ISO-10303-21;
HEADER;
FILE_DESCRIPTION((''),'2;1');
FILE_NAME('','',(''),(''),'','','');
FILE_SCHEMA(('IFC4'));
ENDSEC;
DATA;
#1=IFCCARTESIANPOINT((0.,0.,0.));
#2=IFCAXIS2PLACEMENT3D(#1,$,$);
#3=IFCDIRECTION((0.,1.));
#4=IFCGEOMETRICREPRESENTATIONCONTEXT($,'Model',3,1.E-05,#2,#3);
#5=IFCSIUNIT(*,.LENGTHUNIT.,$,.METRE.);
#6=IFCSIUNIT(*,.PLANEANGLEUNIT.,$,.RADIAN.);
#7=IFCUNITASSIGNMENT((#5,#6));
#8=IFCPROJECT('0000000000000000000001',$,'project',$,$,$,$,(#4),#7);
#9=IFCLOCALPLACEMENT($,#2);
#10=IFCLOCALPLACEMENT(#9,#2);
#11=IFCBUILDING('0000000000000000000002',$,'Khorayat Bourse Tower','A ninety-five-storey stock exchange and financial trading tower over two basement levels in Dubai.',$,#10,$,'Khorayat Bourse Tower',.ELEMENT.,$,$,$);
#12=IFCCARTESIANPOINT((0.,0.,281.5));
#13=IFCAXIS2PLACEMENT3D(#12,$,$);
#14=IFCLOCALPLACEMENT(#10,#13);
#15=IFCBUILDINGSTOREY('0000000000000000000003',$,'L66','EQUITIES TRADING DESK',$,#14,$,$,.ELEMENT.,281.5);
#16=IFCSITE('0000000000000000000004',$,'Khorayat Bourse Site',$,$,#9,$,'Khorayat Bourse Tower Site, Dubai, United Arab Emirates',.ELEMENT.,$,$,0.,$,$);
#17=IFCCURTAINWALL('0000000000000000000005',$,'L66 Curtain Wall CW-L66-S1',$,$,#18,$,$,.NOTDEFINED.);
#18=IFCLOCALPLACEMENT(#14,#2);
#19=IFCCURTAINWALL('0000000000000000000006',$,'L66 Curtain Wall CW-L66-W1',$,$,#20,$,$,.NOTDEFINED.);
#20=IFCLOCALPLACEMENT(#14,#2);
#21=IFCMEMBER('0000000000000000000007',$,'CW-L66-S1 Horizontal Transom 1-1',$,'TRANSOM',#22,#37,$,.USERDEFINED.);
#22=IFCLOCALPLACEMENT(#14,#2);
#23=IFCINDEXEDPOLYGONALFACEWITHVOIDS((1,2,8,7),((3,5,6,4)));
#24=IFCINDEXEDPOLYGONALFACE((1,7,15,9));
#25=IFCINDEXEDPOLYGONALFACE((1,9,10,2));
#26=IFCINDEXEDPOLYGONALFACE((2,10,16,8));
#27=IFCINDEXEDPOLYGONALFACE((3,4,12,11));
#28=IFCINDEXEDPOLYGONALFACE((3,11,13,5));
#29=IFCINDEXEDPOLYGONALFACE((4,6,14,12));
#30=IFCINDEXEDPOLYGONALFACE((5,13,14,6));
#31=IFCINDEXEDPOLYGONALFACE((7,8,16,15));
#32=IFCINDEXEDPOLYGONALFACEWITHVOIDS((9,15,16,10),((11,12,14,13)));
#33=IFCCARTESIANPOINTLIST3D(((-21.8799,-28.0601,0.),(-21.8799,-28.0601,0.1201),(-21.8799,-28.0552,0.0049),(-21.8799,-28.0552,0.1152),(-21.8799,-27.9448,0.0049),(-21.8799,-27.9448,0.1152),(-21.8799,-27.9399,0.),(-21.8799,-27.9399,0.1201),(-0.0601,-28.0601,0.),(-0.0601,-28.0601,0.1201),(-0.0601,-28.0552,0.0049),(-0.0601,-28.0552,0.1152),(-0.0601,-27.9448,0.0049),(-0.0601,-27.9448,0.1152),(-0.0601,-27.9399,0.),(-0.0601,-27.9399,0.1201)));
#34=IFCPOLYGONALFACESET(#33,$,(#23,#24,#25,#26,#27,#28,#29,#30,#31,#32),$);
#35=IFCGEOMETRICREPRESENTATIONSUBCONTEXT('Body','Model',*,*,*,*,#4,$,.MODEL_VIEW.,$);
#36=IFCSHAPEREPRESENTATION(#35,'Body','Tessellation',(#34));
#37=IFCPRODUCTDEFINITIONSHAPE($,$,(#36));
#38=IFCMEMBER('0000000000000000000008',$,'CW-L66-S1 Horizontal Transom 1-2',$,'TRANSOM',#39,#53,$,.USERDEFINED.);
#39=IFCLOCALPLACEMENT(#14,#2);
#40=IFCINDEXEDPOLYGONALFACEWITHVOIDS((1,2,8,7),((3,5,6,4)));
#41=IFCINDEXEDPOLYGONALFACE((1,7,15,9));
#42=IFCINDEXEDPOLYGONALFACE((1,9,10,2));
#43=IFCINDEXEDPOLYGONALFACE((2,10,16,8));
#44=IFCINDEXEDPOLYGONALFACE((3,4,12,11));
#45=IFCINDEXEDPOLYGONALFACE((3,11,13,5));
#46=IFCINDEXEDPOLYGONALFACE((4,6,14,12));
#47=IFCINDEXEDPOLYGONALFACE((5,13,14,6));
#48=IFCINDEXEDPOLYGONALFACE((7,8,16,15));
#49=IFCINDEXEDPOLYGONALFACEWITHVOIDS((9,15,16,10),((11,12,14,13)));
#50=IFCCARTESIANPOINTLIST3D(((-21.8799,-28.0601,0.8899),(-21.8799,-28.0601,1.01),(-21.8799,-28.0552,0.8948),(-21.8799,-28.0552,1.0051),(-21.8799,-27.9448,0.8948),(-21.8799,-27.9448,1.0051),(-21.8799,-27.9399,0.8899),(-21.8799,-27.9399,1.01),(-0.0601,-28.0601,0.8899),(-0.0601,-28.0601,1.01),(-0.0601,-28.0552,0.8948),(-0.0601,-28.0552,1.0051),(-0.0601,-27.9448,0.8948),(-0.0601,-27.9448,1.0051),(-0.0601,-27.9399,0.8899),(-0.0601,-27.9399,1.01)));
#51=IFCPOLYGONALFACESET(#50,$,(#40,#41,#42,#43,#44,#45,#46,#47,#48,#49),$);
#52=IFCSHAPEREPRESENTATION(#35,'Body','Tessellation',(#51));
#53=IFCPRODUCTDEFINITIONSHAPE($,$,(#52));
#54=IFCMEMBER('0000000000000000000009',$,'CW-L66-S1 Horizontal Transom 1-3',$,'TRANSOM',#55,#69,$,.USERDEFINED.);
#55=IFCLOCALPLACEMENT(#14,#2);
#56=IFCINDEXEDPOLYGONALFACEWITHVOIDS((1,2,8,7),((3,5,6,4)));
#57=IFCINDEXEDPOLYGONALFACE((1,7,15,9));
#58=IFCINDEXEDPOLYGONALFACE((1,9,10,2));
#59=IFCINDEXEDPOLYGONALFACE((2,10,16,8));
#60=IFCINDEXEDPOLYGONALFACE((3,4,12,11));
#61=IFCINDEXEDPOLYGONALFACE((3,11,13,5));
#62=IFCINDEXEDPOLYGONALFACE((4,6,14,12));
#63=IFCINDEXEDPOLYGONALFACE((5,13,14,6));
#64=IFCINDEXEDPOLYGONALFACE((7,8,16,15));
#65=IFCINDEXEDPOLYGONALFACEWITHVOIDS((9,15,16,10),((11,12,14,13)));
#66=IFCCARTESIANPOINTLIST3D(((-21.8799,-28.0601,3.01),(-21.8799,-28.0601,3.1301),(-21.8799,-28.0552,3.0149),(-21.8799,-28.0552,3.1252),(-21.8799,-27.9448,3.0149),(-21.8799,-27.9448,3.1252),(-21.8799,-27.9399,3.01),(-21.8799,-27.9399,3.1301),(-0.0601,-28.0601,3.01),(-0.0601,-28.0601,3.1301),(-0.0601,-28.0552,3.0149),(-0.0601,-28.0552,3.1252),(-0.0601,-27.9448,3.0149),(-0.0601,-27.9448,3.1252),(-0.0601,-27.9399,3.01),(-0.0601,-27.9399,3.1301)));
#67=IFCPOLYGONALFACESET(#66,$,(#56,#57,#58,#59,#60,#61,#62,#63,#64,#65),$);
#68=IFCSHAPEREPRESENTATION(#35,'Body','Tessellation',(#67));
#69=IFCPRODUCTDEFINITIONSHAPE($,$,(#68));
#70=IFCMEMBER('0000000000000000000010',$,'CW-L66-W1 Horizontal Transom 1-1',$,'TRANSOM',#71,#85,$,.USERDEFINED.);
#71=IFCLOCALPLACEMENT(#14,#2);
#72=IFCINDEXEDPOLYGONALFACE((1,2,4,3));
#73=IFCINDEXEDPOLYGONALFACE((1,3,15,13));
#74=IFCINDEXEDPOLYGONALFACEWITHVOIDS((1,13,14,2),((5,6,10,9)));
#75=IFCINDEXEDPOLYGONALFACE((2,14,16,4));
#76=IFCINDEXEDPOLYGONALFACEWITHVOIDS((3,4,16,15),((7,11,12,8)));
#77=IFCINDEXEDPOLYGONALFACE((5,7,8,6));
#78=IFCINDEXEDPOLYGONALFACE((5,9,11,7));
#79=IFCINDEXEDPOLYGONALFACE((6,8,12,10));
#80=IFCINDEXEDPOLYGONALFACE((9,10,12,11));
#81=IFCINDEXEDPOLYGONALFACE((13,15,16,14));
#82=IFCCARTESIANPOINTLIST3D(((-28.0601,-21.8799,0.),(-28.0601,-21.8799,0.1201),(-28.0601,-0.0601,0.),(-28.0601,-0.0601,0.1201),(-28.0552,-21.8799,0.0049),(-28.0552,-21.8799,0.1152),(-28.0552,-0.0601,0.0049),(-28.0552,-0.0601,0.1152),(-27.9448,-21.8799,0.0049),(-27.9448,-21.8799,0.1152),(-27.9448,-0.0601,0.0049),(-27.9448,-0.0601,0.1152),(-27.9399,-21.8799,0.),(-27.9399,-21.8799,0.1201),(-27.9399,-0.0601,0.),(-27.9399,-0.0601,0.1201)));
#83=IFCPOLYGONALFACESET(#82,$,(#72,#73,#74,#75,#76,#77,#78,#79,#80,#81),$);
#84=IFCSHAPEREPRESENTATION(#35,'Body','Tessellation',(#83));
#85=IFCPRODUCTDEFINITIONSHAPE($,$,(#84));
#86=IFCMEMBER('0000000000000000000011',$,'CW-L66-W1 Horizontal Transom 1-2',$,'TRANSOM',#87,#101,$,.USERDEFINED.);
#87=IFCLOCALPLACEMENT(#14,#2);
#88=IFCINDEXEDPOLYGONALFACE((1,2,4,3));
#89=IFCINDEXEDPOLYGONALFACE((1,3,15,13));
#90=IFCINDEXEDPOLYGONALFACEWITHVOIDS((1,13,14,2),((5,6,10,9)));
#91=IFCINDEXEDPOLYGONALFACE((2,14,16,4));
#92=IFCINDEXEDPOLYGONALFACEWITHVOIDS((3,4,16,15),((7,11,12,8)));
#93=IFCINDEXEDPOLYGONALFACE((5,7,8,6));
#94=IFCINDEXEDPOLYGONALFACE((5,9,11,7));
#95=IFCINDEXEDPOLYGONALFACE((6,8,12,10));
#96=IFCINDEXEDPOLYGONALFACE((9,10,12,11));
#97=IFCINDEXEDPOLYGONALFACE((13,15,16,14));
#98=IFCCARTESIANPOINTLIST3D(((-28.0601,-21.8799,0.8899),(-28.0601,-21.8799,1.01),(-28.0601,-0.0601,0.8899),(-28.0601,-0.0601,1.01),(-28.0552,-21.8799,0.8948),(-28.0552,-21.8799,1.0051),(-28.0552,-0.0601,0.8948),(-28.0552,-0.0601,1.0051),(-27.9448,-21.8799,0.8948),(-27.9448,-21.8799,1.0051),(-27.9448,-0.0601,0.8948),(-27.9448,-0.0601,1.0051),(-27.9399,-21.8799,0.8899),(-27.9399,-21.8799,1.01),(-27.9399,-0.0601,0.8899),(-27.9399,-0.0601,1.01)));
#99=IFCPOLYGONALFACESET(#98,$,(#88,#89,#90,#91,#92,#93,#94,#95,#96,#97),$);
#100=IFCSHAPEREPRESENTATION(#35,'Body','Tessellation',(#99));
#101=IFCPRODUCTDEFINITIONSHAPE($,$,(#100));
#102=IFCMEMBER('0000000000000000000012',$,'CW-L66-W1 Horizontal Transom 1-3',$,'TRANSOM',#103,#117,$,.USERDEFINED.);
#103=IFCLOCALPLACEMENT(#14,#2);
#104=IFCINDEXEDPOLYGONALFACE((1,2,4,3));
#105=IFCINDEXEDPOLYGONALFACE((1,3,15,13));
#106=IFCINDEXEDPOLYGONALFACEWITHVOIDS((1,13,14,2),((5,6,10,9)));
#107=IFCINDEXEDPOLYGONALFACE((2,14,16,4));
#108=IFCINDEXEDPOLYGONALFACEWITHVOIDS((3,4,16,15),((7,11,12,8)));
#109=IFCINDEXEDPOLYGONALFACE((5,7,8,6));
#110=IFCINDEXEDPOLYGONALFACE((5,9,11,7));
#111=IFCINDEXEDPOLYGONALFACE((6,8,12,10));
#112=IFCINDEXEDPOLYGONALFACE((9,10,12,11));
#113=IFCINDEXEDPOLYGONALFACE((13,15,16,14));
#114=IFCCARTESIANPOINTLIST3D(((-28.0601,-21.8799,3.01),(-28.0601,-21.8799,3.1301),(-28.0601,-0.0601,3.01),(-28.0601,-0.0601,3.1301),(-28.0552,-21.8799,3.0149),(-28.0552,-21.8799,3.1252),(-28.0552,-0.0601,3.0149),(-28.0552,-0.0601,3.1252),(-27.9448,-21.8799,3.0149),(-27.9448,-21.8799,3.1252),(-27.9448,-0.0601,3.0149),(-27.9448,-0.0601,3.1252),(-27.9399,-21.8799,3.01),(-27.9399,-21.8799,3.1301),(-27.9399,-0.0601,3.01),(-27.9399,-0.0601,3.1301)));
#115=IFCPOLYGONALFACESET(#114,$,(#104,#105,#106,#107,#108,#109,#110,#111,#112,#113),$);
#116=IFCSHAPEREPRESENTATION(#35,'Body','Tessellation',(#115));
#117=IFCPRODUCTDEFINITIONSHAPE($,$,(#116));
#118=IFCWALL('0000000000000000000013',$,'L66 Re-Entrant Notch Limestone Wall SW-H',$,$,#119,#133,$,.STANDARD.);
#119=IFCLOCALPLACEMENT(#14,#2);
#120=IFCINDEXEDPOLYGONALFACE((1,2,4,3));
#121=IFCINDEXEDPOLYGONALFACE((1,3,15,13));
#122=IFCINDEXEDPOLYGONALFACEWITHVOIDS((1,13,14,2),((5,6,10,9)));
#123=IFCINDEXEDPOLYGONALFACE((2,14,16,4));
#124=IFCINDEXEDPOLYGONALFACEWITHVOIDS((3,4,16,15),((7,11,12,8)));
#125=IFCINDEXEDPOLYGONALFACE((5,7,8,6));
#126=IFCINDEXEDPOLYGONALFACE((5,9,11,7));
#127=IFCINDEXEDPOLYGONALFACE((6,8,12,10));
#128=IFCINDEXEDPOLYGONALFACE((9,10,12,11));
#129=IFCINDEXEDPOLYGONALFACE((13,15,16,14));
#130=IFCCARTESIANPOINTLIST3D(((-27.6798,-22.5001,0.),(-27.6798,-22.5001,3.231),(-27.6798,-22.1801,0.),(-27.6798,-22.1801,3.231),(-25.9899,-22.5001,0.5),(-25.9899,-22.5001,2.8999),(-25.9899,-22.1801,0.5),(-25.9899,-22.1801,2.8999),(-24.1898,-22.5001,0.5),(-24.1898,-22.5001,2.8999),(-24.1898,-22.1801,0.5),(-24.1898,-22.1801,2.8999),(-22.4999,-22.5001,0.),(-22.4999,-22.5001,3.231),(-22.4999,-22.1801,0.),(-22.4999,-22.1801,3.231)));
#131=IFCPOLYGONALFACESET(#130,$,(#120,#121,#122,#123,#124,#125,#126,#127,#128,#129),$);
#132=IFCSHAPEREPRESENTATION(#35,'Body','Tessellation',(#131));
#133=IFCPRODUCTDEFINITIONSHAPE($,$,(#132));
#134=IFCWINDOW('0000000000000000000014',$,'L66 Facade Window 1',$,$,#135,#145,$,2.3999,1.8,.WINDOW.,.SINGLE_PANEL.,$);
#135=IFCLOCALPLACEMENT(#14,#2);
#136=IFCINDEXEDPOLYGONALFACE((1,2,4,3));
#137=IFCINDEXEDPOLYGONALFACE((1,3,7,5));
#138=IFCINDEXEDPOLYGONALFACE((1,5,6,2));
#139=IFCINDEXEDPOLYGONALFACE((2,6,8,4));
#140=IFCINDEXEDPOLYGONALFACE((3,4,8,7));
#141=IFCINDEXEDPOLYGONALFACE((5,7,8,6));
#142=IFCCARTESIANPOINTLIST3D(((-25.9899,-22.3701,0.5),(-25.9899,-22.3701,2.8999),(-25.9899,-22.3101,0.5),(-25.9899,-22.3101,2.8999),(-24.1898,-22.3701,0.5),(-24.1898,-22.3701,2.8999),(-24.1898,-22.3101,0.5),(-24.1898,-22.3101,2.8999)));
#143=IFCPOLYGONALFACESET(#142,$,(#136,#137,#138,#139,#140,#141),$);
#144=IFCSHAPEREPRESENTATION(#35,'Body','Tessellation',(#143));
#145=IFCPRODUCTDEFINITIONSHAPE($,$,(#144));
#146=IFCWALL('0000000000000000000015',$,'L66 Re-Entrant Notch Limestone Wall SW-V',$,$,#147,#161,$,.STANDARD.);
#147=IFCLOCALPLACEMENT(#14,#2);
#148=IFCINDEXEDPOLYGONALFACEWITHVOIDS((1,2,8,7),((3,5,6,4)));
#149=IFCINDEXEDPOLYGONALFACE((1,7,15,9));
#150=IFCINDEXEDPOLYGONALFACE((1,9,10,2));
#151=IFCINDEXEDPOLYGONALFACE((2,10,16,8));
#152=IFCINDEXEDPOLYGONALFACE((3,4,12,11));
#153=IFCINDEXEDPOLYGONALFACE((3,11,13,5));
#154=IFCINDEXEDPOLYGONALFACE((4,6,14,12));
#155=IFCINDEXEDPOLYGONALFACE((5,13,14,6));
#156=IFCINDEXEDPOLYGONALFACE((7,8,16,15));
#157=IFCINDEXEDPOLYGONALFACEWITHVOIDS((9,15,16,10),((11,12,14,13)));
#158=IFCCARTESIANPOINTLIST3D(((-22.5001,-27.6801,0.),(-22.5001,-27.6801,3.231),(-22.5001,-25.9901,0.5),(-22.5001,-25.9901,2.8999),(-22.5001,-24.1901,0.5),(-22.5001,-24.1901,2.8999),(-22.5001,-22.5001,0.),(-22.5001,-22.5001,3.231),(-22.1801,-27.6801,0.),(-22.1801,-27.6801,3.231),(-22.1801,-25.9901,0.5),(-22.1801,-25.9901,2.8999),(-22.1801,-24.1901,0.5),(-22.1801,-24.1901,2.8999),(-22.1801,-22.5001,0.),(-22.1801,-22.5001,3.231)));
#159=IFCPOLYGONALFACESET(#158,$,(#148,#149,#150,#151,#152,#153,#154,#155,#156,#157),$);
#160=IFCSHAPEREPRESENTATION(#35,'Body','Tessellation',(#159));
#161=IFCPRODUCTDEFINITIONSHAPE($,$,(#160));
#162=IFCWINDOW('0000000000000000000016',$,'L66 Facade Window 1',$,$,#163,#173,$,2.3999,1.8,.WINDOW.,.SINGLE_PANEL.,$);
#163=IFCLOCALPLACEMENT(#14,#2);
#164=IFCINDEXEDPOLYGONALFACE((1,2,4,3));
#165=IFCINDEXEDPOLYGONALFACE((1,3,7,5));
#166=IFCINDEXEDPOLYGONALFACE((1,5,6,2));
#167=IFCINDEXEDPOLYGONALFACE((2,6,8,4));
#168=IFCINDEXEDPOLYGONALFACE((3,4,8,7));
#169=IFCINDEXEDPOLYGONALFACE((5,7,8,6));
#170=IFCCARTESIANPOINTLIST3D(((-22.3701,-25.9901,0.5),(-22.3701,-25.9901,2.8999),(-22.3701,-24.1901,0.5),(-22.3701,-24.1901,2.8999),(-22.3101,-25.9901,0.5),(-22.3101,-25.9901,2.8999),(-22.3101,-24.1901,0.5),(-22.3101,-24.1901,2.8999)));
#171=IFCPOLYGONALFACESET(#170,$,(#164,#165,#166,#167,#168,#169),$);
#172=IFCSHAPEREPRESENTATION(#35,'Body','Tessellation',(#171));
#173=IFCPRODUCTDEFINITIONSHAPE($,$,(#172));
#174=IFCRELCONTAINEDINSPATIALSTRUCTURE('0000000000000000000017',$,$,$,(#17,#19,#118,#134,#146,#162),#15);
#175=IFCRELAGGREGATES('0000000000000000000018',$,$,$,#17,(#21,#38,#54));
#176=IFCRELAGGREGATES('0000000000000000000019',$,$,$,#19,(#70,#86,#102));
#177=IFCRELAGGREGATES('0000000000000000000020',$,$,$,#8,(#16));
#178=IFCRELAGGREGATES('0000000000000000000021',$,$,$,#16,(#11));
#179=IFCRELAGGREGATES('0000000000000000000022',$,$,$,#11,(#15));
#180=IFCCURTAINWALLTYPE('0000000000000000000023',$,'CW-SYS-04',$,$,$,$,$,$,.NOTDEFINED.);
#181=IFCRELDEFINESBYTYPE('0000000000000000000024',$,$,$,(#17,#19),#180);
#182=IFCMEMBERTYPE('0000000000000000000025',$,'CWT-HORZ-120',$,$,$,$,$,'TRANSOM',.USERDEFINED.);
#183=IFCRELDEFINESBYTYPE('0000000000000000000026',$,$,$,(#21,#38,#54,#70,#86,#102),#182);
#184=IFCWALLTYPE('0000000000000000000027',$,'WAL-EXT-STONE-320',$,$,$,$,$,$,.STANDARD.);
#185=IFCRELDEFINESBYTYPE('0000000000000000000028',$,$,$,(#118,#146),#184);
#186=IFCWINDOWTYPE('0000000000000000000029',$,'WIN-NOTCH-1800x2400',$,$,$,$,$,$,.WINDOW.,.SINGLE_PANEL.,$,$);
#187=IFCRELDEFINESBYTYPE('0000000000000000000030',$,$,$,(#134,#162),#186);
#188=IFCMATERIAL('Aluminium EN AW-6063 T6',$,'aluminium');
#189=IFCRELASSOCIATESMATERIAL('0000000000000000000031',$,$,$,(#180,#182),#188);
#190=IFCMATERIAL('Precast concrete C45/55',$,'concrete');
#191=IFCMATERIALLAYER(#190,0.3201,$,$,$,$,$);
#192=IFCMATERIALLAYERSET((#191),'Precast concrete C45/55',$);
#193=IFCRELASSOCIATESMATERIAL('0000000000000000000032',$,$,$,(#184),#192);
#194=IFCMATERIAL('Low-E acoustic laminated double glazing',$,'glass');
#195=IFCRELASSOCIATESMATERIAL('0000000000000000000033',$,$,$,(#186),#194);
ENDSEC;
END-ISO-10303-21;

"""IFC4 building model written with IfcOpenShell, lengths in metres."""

from ifc_helpers import new_model, si_unit, direction, frame, frame_2d, origin, origin_2d, place, context, subcontext, project, spatial, rectangle, hollow_rectangle, extrude, source, transform, mapped, material, layer, layer_set, material_profile, profile_set, type_object, element, fill, aggregate, save


model = new_model("IFC4")

# Units and contexts
model_context = context("Model", 3, precision=1e-05, world=origin(), true_north=direction((0.0, 1.0)))
body_context = subcontext(model_context, "Body", "Model", "MODEL_VIEW")
ifc_project = project(units=[si_unit("LENGTHUNIT", "METRE"), si_unit("PLANEANGLEUNIT", "RADIAN")], contexts=[model_context])

# Site, building, storey
site_placement = place(None, origin())
site = spatial("IfcSite", under=ifc_project, at=site_placement, Name="Khorayat Bourse Site", LongName="Khorayat Bourse Tower Site, Dubai, United Arab Emirates", CompositionType="ELEMENT", RefElevation=0.0)
building_placement = place(site_placement, origin())
building = spatial("IfcBuilding", under=site, at=building_placement, Name="Khorayat Bourse Tower", Description="A ninety-five-storey stock exchange and financial trading tower over two basement levels in Dubai.", LongName="Khorayat Bourse Tower", CompositionType="ELEMENT")
storey_placement = place(building_placement, frame((0.0, 0.0, 281.5)))
storey = spatial("IfcBuildingStorey", under=building, at=storey_placement, Name="L66", Description="EQUITIES TRADING DESK", CompositionType="ELEMENT", Elevation=281.5)

# Curtain walls
ifc_material_1 = material(Name="Aluminium EN AW-6063 T6", Category="aluminium")
curtain_wall_type = type_object("IfcCurtainWallType", Name="CW-SYS-04", PredefinedType="NOTDEFINED", material=ifc_material_1)
curtain_wall_1_placement = place(storey_placement, origin())
curtain_wall_1 = element("IfcCurtainWall", 1, at=curtain_wall_1_placement, inside=storey, type_object=curtain_wall_type, Name="L66 Curtain Wall CW-L66-S1", PredefinedType="NOTDEFINED")
curtain_wall_2_placement = place(storey_placement, origin())
curtain_wall_2 = element("IfcCurtainWall", 2, at=curtain_wall_2_placement, inside=storey, type_object=curtain_wall_type, Name="L66 Curtain Wall CW-L66-W1", PredefinedType="NOTDEFINED")

# Members
ifc_material_profile_1 = material_profile(ifc_material_1, hollow_rectangle(XDim=0.1201, YDim=0.1201, WallThickness=0.0049, at=origin_2d()), Name="ALU 120x120x5")
ifc_profile_set_1 = profile_set([ifc_material_profile_1], Name="Aluminium EN AW-6063 T6")
member_type_1 = type_object("IfcMemberType", Name="CWT-HORZ-120", ElementType="TRANSOM", PredefinedType="USERDEFINED", material=ifc_profile_set_1)
shared_shape_1 = source(origin(), body_context, "Body", "SweptSolid", [
    extrude(hollow_rectangle(XDim=0.1201, YDim=0.1201, WallThickness=0.0049, at=origin_2d()), origin(), (0.0, 0.0, 1.0), 21.8198),
])
member_1_placement = place(storey_placement, frame((-21.8799, -28.0, 0.0601), z_axis=(1.0, 0.0, 0.0), x_axis=(0.0, 1.0, 0.0)))
member_1 = element("IfcMember", 3, at=member_1_placement, type_object=member_type_1, Name="CW-L66-S1 Horizontal Transom 1-1", ObjectType="TRANSOM", PredefinedType="USERDEFINED", context=body_context, shape_type="MappedRepresentation", body=[
    mapped(shared_shape_1, transform((0.0, 0.0, 0.0), scale=1.0)),
])
member_2_placement = place(storey_placement, frame((-21.8799, -28.0, 0.95), z_axis=(1.0, 0.0, 0.0), x_axis=(0.0, 1.0, 0.0)))
member_2 = element("IfcMember", 4, at=member_2_placement, type_object=member_type_1, Name="CW-L66-S1 Horizontal Transom 1-2", ObjectType="TRANSOM", PredefinedType="USERDEFINED", context=body_context, shape_type="MappedRepresentation", body=[
    mapped(shared_shape_1, transform((0.0, 0.0, 0.0), scale=1.0)),
])
member_3_placement = place(storey_placement, frame((-21.8799, -28.0, 3.0701), z_axis=(1.0, 0.0, 0.0), x_axis=(0.0, 1.0, 0.0)))
member_3 = element("IfcMember", 5, at=member_3_placement, type_object=member_type_1, Name="CW-L66-S1 Horizontal Transom 1-3", ObjectType="TRANSOM", PredefinedType="USERDEFINED", context=body_context, shape_type="MappedRepresentation", body=[
    mapped(shared_shape_1, transform((0.0, 0.0, 0.0), scale=1.0)),
])
aggregate(curtain_wall_1, [member_1, member_2, member_3])
member_4_placement = place(storey_placement, frame((-28.0, -21.8799, 0.0601), z_axis=(0.0, 1.0, 0.0), x_axis=(-1.0, 0.0, 0.0)))
member_4 = element("IfcMember", 6, at=member_4_placement, type_object=member_type_1, Name="CW-L66-W1 Horizontal Transom 1-1", ObjectType="TRANSOM", PredefinedType="USERDEFINED", context=body_context, shape_type="MappedRepresentation", body=[
    mapped(shared_shape_1, transform((0.0, 0.0, 0.0), scale=1.0)),
])
member_5_placement = place(storey_placement, frame((-28.0, -21.8799, 0.95), z_axis=(0.0, 1.0, 0.0), x_axis=(-1.0, 0.0, 0.0)))
member_5 = element("IfcMember", 7, at=member_5_placement, type_object=member_type_1, Name="CW-L66-W1 Horizontal Transom 1-2", ObjectType="TRANSOM", PredefinedType="USERDEFINED", context=body_context, shape_type="MappedRepresentation", body=[
    mapped(shared_shape_1, transform((0.0, 0.0, 0.0), scale=1.0)),
])
member_6_placement = place(storey_placement, frame((-28.0, -21.8799, 3.0701), z_axis=(0.0, 1.0, 0.0), x_axis=(-1.0, 0.0, 0.0)))
member_6 = element("IfcMember", 8, at=member_6_placement, type_object=member_type_1, Name="CW-L66-W1 Horizontal Transom 1-3", ObjectType="TRANSOM", PredefinedType="USERDEFINED", context=body_context, shape_type="MappedRepresentation", body=[
    mapped(shared_shape_1, transform((0.0, 0.0, 0.0), scale=1.0)),
])
aggregate(curtain_wall_2, [member_4, member_5, member_6])

# Walls, openings, windows
ifc_material_2 = material(Name="Precast concrete C45/55", Category="concrete")
ifc_layer_1 = layer(ifc_material_2, 0.3201)
ifc_layer_set_1 = layer_set([ifc_layer_1], Name="Precast concrete C45/55")
wall_type_1 = type_object("IfcWallType", Name="WAL-EXT-STONE-320", PredefinedType="STANDARD", material=ifc_layer_set_1)
shared_shape_2 = source(origin(), body_context, "Body", "SweptSolid", [
    extrude(rectangle(XDim=5.1799, YDim=0.3201, at=frame_2d((2.5898, 0.0))), origin(), (0.0, 0.0, 1.0), 3.231),
])
wall_1_placement = place(storey_placement, frame((-22.5, -22.3401, 0.0), z_axis=(0.0, 0.0, 1.0), x_axis=(-1.0, 0.0, 0.0)))
wall_1 = element("IfcWall", 9, at=wall_1_placement, inside=storey, type_object=wall_type_1, Name="L66 Re-Entrant Notch Limestone Wall SW-H", PredefinedType="STANDARD", context=body_context, shape_type="MappedRepresentation", body=[
    mapped(shared_shape_2, transform((0.0, 0.0, 0.0), scale=1.0)),
])
shared_shape_3 = source(origin(), body_context, "Body", "SweptSolid", [
    extrude(rectangle(XDim=1.8, YDim=2.3999, at=frame_2d((0.8999, 1.2))), frame((0.0, 0.1699, 0.0), z_axis=(0.0, -1.0, 0.0), x_axis=(1.0, 0.0, 0.0)), (0.0, 0.0, 1.0), 0.3401),
])
opening_1_placement = place(wall_1_placement, frame((1.6899, 0.0, 0.5)))
opening_1 = element("IfcOpeningElement", 10, at=opening_1_placement, cuts=wall_1, PredefinedType="OPENING", context=body_context, shape_type="MappedRepresentation", body=[
    mapped(shared_shape_3, transform((0.0, 0.0, 0.0), scale=1.0)),
])
ifc_material_3 = material(Name="Low-E acoustic laminated double glazing", Category="glass")
window_type = type_object("IfcWindowType", Name="WIN-NOTCH-1800x2400", PartitioningType="SINGLE_PANEL", PredefinedType="WINDOW", material=ifc_material_3)
shared_shape_4 = source(origin(), body_context, "Body", "SweptSolid", [
    extrude(rectangle(XDim=1.8, YDim=2.3999, at=frame_2d((0.8999, 1.2))), frame((0.0, 0.03, 0.0), z_axis=(0.0, -1.0, 0.0), x_axis=(1.0, 0.0, 0.0)), (0.0, 0.0, 1.0), 0.0601),
])
window_1_placement = place(opening_1_placement, origin())
window_1 = element("IfcWindow", 11, at=window_1_placement, inside=storey, type_object=window_type, Name="L66 Facade Window 1", OverallHeight=2.3999, OverallWidth=1.8, PartitioningType="SINGLE_PANEL", PredefinedType="WINDOW", context=body_context, shape_type="MappedRepresentation", body=[
    mapped(shared_shape_4, transform((0.0, 0.0, 0.0), scale=1.0)),
])
fill(opening_1, window_1)
wall_2_placement = place(storey_placement, frame((-22.3401, -27.6799, 0.0), z_axis=(0.0, 0.0, 1.0), x_axis=(0.0, 1.0, 0.0)))
wall_2 = element("IfcWall", 12, at=wall_2_placement, inside=storey, type_object=wall_type_1, Name="L66 Re-Entrant Notch Limestone Wall SW-V", PredefinedType="STANDARD", context=body_context, shape_type="MappedRepresentation", body=[
    mapped(shared_shape_2, transform((0.0, 0.0, 0.0), scale=1.0)),
])
opening_2_placement = place(wall_2_placement, frame((1.6899, 0.0, 0.5)))
opening_2 = element("IfcOpeningElement", 13, at=opening_2_placement, cuts=wall_2, PredefinedType="OPENING", context=body_context, shape_type="MappedRepresentation", body=[
    mapped(shared_shape_3, transform((0.0, 0.0, 0.0), scale=1.0)),
])
window_2_placement = place(opening_2_placement, origin())
window_2 = element("IfcWindow", 14, at=window_2_placement, inside=storey, type_object=window_type, Name="L66 Facade Window 1", OverallHeight=2.3999, OverallWidth=1.8, PartitioningType="SINGLE_PANEL", PredefinedType="WINDOW", context=body_context, shape_type="MappedRepresentation", body=[
    mapped(shared_shape_4, transform((0.0, 0.0, 0.0), scale=1.0)),
])
fill(opening_2, window_2)

save(model, "model.ifc")
